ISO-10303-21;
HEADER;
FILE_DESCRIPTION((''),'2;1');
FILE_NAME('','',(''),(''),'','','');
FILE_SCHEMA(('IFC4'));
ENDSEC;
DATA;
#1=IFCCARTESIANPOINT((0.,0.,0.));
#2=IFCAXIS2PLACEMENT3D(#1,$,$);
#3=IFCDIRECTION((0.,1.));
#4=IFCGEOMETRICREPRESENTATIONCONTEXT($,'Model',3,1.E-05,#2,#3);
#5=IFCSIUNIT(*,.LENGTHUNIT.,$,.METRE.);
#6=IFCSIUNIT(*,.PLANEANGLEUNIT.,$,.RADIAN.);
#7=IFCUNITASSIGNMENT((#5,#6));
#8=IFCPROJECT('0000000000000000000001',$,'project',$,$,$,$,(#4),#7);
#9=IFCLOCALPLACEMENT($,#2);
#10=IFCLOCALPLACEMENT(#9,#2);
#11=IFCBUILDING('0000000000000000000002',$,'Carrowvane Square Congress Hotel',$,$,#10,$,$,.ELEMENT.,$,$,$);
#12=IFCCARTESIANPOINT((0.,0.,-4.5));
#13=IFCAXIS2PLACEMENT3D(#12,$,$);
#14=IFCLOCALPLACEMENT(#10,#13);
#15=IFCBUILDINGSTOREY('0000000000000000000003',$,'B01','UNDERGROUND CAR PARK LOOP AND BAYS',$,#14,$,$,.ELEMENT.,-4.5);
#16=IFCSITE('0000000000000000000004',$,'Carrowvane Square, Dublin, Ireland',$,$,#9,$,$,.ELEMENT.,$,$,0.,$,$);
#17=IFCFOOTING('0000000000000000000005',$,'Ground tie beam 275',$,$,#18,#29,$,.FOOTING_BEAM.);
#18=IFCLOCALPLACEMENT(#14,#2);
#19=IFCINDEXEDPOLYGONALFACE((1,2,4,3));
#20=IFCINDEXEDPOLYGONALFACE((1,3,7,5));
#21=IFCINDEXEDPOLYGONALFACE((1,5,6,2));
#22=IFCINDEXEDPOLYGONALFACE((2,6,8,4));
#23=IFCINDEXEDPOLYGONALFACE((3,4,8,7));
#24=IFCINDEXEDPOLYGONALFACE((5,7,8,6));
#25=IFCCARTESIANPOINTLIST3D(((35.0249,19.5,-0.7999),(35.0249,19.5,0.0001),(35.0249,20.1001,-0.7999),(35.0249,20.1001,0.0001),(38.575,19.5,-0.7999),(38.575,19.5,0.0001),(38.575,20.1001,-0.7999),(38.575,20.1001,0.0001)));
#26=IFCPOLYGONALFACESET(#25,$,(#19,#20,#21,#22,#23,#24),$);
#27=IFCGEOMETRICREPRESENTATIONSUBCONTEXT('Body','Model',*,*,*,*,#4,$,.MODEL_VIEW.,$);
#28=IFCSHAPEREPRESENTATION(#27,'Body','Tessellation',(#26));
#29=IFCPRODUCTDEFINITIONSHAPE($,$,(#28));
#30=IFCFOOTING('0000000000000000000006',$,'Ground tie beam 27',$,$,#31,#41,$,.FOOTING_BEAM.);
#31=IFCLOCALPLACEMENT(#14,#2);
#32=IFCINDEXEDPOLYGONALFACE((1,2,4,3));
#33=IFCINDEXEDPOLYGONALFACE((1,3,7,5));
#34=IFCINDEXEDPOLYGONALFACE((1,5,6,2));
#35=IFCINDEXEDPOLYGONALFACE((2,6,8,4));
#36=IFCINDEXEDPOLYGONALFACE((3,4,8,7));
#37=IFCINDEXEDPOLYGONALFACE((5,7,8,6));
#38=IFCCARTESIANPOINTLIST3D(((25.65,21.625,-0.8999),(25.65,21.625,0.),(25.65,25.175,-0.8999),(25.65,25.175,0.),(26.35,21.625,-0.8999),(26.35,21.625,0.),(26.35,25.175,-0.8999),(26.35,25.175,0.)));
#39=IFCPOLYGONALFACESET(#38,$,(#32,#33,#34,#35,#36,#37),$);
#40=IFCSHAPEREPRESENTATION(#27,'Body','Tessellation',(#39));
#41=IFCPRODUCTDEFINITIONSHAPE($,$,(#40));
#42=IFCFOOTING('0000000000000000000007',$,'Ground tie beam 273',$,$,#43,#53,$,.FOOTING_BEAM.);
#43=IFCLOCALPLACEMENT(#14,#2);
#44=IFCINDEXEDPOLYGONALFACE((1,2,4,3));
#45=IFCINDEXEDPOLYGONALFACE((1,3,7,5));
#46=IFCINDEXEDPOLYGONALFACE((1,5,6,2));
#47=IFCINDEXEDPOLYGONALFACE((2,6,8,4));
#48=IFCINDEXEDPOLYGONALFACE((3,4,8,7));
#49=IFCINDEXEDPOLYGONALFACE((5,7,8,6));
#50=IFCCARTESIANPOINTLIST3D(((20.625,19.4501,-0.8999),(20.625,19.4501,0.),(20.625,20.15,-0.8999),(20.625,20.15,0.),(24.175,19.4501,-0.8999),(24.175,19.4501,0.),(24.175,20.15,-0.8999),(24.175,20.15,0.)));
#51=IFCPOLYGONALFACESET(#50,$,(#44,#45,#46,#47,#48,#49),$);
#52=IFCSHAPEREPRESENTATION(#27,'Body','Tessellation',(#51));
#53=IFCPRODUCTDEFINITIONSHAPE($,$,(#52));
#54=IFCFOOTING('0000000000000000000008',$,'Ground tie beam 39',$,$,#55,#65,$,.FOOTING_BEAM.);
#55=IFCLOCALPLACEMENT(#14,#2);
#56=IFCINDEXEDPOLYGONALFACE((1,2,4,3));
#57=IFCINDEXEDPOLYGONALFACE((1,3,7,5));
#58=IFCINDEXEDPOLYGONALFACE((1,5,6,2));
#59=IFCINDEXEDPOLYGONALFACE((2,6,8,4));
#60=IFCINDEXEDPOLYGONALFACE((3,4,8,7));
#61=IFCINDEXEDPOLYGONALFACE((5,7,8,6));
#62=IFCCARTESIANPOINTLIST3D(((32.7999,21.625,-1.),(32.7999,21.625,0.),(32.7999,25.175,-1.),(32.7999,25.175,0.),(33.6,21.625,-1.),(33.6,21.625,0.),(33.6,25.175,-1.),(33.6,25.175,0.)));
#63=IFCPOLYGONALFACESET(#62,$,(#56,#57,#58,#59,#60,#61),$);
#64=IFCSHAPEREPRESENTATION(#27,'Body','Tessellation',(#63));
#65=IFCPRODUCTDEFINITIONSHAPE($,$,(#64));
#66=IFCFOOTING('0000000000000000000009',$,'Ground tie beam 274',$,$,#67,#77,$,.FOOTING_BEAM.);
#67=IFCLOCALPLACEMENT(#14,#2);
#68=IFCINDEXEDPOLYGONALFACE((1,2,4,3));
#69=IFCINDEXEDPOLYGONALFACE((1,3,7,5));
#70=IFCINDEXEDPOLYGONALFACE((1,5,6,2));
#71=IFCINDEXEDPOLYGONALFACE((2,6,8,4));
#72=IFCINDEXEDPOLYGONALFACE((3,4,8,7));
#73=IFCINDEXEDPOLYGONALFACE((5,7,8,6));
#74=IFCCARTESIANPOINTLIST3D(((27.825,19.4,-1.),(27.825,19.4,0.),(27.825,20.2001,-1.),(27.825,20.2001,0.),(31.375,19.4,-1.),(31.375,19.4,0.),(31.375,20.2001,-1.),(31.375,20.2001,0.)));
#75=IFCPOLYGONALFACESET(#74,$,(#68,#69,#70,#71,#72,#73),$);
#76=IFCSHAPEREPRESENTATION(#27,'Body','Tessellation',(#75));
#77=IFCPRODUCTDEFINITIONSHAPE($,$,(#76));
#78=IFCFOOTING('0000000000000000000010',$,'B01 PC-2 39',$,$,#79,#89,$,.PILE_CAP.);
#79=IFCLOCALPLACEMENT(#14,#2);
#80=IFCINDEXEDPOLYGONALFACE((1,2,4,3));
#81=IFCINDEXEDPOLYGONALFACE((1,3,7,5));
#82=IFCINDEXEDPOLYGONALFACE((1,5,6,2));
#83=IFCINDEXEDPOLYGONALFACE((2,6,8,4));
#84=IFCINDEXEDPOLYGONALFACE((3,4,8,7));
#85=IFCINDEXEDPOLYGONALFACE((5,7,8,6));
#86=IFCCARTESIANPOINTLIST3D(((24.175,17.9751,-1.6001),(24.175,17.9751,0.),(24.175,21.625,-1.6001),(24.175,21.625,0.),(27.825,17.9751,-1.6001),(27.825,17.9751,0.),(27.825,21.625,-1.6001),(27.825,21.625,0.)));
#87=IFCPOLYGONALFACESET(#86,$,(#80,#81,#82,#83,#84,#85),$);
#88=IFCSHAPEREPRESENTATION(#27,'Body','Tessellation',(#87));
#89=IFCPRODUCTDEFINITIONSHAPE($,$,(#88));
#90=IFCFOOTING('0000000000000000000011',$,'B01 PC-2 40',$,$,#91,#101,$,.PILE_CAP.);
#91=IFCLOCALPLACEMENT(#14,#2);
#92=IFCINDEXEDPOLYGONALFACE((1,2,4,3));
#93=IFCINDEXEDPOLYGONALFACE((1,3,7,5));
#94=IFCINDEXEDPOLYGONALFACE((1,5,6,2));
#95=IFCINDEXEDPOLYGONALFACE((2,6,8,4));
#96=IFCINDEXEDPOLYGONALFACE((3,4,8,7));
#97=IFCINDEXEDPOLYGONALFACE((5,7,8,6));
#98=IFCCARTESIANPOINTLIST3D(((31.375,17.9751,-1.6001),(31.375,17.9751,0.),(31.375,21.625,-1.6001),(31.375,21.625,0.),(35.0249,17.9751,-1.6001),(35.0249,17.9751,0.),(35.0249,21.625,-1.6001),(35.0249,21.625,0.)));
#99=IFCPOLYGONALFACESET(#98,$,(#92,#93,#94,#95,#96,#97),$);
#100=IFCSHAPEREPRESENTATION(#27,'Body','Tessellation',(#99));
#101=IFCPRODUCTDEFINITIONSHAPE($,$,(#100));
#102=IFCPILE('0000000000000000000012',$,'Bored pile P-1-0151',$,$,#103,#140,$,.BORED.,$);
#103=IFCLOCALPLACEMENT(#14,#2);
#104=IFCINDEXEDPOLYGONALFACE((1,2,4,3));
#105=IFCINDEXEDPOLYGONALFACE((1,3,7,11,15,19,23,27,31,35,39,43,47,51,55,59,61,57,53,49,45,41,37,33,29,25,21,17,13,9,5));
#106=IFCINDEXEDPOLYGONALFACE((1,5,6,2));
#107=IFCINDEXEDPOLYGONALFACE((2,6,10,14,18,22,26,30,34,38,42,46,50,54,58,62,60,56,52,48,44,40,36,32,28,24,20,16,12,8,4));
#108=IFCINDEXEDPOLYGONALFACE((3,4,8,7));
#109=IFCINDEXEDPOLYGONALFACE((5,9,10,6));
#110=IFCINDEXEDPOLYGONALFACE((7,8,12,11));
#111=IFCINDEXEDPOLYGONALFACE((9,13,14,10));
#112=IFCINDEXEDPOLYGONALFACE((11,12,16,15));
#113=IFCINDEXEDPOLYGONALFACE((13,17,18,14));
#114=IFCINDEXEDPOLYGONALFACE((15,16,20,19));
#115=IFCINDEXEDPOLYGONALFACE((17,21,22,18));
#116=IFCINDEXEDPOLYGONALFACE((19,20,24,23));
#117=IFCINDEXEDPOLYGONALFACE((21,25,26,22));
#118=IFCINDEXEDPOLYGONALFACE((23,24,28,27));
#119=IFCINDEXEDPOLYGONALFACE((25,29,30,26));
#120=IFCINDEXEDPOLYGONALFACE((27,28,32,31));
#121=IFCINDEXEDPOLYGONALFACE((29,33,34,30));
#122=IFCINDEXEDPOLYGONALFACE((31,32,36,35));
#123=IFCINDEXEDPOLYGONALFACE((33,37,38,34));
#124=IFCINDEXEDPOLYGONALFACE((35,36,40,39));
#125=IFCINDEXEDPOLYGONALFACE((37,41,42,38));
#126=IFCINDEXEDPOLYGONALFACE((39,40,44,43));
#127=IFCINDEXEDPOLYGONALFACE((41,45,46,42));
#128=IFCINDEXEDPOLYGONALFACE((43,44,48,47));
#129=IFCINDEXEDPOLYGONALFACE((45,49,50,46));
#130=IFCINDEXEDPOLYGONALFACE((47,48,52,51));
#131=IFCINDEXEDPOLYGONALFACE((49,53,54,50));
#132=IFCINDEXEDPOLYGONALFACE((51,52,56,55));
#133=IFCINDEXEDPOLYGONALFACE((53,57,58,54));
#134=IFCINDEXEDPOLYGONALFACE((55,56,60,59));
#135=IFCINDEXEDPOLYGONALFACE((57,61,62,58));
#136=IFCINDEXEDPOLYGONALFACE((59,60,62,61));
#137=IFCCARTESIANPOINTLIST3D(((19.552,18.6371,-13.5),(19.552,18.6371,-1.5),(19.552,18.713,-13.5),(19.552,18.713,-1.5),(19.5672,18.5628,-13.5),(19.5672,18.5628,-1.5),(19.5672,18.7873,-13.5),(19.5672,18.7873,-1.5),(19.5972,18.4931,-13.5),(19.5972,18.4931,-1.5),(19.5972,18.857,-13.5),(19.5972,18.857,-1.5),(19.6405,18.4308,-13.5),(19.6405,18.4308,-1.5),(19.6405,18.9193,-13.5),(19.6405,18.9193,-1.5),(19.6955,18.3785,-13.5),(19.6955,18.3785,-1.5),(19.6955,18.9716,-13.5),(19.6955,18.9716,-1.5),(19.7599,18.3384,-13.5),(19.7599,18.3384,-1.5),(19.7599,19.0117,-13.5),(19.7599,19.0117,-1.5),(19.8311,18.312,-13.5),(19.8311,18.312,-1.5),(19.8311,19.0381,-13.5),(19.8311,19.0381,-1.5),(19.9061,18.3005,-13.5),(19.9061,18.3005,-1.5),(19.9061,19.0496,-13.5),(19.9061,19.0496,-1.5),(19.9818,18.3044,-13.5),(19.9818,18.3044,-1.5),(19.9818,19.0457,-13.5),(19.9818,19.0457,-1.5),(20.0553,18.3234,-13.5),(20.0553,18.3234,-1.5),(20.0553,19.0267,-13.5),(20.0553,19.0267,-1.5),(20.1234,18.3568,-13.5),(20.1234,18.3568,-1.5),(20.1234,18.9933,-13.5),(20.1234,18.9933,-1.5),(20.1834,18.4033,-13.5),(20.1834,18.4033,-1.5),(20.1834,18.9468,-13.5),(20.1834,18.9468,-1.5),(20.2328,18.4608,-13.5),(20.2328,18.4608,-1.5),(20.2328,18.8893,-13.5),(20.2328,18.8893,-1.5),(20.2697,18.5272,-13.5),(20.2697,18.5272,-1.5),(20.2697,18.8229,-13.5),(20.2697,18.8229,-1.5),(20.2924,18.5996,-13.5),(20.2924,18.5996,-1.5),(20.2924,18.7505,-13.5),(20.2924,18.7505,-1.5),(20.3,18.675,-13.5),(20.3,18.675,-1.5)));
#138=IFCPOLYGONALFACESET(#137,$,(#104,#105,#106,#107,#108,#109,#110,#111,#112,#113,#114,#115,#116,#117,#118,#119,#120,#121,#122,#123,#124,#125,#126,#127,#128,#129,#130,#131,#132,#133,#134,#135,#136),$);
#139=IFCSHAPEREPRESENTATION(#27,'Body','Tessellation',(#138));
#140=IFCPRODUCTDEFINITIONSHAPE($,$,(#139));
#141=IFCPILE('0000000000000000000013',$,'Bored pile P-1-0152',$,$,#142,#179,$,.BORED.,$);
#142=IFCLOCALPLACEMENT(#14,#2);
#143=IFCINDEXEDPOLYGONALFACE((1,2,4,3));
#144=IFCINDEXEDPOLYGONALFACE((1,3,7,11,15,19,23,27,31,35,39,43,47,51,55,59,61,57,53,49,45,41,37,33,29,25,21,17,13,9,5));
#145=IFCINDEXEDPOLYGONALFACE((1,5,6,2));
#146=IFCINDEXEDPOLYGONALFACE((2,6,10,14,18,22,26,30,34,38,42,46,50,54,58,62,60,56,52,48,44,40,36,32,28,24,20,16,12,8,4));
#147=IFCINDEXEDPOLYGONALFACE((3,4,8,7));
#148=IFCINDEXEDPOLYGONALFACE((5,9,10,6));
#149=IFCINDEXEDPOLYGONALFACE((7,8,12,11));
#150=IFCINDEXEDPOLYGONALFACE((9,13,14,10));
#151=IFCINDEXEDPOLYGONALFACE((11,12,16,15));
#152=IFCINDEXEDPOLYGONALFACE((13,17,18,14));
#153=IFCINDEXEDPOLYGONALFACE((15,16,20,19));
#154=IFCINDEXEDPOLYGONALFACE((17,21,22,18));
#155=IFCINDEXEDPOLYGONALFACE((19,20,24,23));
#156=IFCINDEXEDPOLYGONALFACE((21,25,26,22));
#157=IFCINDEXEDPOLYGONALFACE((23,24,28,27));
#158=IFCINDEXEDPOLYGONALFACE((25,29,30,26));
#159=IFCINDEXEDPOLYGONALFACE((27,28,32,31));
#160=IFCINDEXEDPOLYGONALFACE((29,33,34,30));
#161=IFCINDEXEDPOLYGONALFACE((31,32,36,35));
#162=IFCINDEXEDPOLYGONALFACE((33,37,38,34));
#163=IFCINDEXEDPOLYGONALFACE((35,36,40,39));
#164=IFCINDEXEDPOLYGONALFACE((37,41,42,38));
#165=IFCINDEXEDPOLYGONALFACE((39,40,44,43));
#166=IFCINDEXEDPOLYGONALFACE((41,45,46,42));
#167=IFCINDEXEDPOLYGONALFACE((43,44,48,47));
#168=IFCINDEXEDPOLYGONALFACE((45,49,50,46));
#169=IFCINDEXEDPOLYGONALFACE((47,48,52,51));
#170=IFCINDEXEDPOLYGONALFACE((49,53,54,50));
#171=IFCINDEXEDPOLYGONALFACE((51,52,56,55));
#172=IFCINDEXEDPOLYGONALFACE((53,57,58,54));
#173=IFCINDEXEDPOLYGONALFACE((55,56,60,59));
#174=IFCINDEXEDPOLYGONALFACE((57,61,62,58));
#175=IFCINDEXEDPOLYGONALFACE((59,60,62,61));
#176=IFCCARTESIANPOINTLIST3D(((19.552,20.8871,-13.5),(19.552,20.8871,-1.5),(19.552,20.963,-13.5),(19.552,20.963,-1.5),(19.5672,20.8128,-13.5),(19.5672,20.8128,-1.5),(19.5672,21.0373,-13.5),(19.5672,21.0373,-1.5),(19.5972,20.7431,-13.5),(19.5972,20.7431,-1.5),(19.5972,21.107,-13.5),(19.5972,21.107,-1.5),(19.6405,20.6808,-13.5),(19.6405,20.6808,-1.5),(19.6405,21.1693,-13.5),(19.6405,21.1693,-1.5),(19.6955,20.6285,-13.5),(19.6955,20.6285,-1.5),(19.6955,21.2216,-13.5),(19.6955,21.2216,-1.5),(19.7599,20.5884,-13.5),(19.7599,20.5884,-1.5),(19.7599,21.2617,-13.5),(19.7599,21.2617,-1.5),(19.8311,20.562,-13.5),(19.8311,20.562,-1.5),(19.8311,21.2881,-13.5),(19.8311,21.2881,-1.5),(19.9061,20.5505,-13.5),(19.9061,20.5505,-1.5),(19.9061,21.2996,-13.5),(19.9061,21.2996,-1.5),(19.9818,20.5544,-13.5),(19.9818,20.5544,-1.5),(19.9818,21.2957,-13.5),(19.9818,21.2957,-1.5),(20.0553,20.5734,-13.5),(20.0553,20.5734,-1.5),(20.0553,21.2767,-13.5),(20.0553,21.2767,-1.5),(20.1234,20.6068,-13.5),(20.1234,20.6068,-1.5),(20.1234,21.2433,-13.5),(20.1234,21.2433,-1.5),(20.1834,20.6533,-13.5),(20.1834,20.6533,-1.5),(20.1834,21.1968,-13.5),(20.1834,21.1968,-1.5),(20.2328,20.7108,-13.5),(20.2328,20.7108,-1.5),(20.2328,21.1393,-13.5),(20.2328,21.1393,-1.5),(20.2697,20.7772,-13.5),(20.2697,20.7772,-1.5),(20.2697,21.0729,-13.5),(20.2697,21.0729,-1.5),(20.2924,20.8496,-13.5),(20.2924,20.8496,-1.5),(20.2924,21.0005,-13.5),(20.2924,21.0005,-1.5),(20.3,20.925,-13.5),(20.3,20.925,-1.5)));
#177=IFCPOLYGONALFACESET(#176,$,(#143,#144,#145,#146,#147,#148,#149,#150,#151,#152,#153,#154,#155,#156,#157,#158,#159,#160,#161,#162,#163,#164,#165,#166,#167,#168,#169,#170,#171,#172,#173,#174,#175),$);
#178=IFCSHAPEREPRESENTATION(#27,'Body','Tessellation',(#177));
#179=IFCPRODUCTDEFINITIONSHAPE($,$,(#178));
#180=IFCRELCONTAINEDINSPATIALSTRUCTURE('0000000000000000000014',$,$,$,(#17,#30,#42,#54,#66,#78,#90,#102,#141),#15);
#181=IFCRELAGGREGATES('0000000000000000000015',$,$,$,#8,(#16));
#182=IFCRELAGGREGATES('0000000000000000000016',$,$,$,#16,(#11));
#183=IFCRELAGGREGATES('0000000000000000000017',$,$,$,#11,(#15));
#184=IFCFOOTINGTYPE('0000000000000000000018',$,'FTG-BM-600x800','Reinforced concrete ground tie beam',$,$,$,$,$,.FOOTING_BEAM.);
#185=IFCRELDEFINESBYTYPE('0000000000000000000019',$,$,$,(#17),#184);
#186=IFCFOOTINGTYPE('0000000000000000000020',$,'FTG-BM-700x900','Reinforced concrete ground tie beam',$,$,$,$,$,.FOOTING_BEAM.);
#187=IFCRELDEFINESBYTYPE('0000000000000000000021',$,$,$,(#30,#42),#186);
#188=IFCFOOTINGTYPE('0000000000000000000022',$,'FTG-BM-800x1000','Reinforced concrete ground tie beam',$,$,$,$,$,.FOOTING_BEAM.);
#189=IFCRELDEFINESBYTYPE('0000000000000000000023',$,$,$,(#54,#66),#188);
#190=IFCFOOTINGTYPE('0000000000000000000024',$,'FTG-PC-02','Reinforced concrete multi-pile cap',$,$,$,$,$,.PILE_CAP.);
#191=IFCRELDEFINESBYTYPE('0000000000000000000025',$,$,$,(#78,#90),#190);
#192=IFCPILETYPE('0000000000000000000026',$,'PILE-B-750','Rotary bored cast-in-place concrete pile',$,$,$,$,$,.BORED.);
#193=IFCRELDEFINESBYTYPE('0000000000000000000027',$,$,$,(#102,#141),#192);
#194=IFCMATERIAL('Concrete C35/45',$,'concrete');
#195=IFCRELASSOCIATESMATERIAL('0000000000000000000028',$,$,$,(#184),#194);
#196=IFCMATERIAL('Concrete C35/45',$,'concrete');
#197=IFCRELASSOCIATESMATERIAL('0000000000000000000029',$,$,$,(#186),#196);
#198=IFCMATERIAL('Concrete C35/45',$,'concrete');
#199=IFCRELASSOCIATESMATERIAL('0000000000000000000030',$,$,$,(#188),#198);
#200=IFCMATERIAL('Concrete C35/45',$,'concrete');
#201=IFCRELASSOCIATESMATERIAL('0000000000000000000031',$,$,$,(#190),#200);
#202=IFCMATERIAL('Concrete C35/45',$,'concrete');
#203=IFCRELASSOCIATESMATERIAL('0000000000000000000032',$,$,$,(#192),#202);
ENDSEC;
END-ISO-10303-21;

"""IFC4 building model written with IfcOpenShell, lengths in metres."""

from ifc_helpers import new_model, si_unit, direction, frame, origin, origin_2d, place, context, subcontext, project, spatial, rectangle, circle, extrude, material, material_profile, profile_set, type_object, element, save


model = new_model("IFC4")

# Units and contexts
model_context = context("Model", 3, precision=1e-05, world=origin(), true_north=direction((0.0, 1.0)))
body_context = subcontext(model_context, "Body", "Model", "MODEL_VIEW")
ifc_project = project(units=[si_unit("LENGTHUNIT", "METRE"), si_unit("PLANEANGLEUNIT", "RADIAN")], contexts=[model_context])

# Site, building, storey
site_placement = place(None, origin())
site = spatial("IfcSite", under=ifc_project, at=site_placement, Name="Carrowvane Square, Dublin, Ireland", CompositionType="ELEMENT", RefElevation=0.0)
building_placement = place(site_placement, origin())
building = spatial("IfcBuilding", under=site, at=building_placement, Name="Carrowvane Square Congress Hotel", CompositionType="ELEMENT")
storey_placement = place(building_placement, frame((0.0, 0.0, -4.5)))
storey = spatial("IfcBuildingStorey", under=building, at=storey_placement, Name="B01", Description="UNDERGROUND CAR PARK LOOP AND BAYS", CompositionType="ELEMENT", Elevation=-4.5)

# Footings
ifc_material_1 = material(Name="Concrete C35/45", Category="concrete")
ifc_material_profile_1 = material_profile(ifc_material_1, rectangle(XDim=0.6001, YDim=0.8, at=origin_2d()), Name="RC 600x800")
ifc_profile_set_1 = profile_set([ifc_material_profile_1], Name="Concrete C35/45")
footing_type_1 = type_object("IfcFootingType", Name="FTG-BM-600x800", Description="Reinforced concrete ground tie beam", PredefinedType="FOOTING_BEAM", material=ifc_profile_set_1)
footing_placement = place(storey_placement, frame((35.0249, 19.8, -0.3999), z_axis=(1.0, 0.0, 0.0), x_axis=(0.0, 1.0, 0.0)))
element("IfcFooting", 1, at=footing_placement, inside=storey, type_object=footing_type_1, Name="Ground tie beam 275", PredefinedType="FOOTING_BEAM", context=body_context, shape_type="SweptSolid", body=[
    extrude(rectangle(XDim=0.6001, YDim=0.8, at=origin_2d()), origin(), (0.0, 0.0, 1.0), 3.55),
])
ifc_material_2 = material(Name="Concrete C35/45", Category="concrete")
ifc_material_profile_2 = material_profile(ifc_material_2, rectangle(XDim=0.7, YDim=0.8999, at=origin_2d()), Name="RC 700x900")
ifc_profile_set_2 = profile_set([ifc_material_profile_2], Name="Concrete C35/45")
footing_type_2 = type_object("IfcFootingType", Name="FTG-BM-700x900", Description="Reinforced concrete ground tie beam", PredefinedType="FOOTING_BEAM", material=ifc_profile_set_2)
for number, where, z_axis, x_axis, name in (
    (2, (26.0, 21.625, -0.45), (0.0, 1.0, 0.0), (-1.0, 0.0, 0.0), "Ground tie beam 27"),
    (3, (20.625, 19.8, -0.45), (1.0, 0.0, 0.0), (0.0, 1.0, 0.0), "Ground tie beam 273"),
):
    element("IfcFooting", number, at=place(storey_placement, frame(where, z_axis=z_axis, x_axis=x_axis)), inside=storey, type_object=footing_type_2, Name=name, PredefinedType="FOOTING_BEAM", context=body_context, shape_type="SweptSolid", body=[
        extrude(rectangle(XDim=0.7, YDim=0.8999, at=origin_2d()), origin(), (0.0, 0.0, 1.0), 3.55),
    ])
ifc_material_3 = material(Name="Concrete C35/45", Category="concrete")
ifc_material_profile_3 = material_profile(ifc_material_3, rectangle(XDim=0.8, YDim=1.0, at=origin_2d()), Name="RC 800x1000")
ifc_profile_set_3 = profile_set([ifc_material_profile_3], Name="Concrete C35/45")
footing_type_3 = type_object("IfcFootingType", Name="FTG-BM-800x1000", Description="Reinforced concrete ground tie beam", PredefinedType="FOOTING_BEAM", material=ifc_profile_set_3)
for number, where, z_axis, x_axis, name in (
    (4, (33.2, 21.625, -0.5), (0.0, 1.0, 0.0), (-1.0, 0.0, 0.0), "Ground tie beam 39"),
    (5, (27.825, 19.8, -0.5), (1.0, 0.0, 0.0), (0.0, 1.0, 0.0), "Ground tie beam 274"),
):
    element("IfcFooting", number, at=place(storey_placement, frame(where, z_axis=z_axis, x_axis=x_axis)), inside=storey, type_object=footing_type_3, Name=name, PredefinedType="FOOTING_BEAM", context=body_context, shape_type="SweptSolid", body=[
        extrude(rectangle(XDim=0.8, YDim=1.0, at=origin_2d()), origin(), (0.0, 0.0, 1.0), 3.55),
    ])
ifc_material_4 = material(Name="Concrete C35/45", Category="concrete")
footing_type_4 = type_object("IfcFootingType", Name="FTG-PC-02", Description="Reinforced concrete multi-pile cap", PredefinedType="PILE_CAP", material=ifc_material_4)
for number, where, z_axis, x_axis, name in (
    (6, (26.0, 19.8, -1.6001), (0.0, 0.0, 1.0), (1.0, 0.0, 0.0), "B01 PC-2 39"),
    (7, (33.2, 19.8, -1.6001), (0.0, 0.0, 1.0), (1.0, 0.0, 0.0), "B01 PC-2 40"),
):
    element("IfcFooting", number, at=place(storey_placement, frame(where, z_axis=z_axis, x_axis=x_axis)), inside=storey, type_object=footing_type_4, Name=name, PredefinedType="PILE_CAP", context=body_context, shape_type="SweptSolid", body=[
        extrude(rectangle(XDim=3.6499, YDim=3.6499, at=origin_2d()), origin(), (0.0, 0.0, 1.0), 1.6001),
    ])

# Piles
ifc_material_5 = material(Name="Concrete C35/45", Category="concrete")
ifc_material_profile_4 = material_profile(ifc_material_5, circle(Radius=0.375, at=origin_2d()), Name="PILE D750")
ifc_profile_set_4 = profile_set([ifc_material_profile_4], Name="Concrete C35/45")
pile_type = type_object("IfcPileType", Name="PILE-B-750", Description="Rotary bored cast-in-place concrete pile", PredefinedType="BORED", material=ifc_profile_set_4)
for number, where, z_axis, x_axis, name in (
    (8, (19.925, 18.675, -1.5), (0.0, 0.0, -1.0), (1.0, 0.0, 0.0), "Bored pile P-1-0151"),
    (9, (19.925, 20.925, -1.5), (0.0, 0.0, -1.0), (1.0, 0.0, 0.0), "Bored pile P-1-0152"),
):
    element("IfcPile", number, at=place(storey_placement, frame(where, z_axis=z_axis, x_axis=x_axis)), inside=storey, type_object=pile_type, Name=name, PredefinedType="BORED", context=body_context, shape_type="SweptSolid", body=[
        extrude(circle(Radius=0.375, at=origin_2d()), origin(), (0.0, 0.0, 1.0), 12.0),
    ])

save(model, "model.ifc")
